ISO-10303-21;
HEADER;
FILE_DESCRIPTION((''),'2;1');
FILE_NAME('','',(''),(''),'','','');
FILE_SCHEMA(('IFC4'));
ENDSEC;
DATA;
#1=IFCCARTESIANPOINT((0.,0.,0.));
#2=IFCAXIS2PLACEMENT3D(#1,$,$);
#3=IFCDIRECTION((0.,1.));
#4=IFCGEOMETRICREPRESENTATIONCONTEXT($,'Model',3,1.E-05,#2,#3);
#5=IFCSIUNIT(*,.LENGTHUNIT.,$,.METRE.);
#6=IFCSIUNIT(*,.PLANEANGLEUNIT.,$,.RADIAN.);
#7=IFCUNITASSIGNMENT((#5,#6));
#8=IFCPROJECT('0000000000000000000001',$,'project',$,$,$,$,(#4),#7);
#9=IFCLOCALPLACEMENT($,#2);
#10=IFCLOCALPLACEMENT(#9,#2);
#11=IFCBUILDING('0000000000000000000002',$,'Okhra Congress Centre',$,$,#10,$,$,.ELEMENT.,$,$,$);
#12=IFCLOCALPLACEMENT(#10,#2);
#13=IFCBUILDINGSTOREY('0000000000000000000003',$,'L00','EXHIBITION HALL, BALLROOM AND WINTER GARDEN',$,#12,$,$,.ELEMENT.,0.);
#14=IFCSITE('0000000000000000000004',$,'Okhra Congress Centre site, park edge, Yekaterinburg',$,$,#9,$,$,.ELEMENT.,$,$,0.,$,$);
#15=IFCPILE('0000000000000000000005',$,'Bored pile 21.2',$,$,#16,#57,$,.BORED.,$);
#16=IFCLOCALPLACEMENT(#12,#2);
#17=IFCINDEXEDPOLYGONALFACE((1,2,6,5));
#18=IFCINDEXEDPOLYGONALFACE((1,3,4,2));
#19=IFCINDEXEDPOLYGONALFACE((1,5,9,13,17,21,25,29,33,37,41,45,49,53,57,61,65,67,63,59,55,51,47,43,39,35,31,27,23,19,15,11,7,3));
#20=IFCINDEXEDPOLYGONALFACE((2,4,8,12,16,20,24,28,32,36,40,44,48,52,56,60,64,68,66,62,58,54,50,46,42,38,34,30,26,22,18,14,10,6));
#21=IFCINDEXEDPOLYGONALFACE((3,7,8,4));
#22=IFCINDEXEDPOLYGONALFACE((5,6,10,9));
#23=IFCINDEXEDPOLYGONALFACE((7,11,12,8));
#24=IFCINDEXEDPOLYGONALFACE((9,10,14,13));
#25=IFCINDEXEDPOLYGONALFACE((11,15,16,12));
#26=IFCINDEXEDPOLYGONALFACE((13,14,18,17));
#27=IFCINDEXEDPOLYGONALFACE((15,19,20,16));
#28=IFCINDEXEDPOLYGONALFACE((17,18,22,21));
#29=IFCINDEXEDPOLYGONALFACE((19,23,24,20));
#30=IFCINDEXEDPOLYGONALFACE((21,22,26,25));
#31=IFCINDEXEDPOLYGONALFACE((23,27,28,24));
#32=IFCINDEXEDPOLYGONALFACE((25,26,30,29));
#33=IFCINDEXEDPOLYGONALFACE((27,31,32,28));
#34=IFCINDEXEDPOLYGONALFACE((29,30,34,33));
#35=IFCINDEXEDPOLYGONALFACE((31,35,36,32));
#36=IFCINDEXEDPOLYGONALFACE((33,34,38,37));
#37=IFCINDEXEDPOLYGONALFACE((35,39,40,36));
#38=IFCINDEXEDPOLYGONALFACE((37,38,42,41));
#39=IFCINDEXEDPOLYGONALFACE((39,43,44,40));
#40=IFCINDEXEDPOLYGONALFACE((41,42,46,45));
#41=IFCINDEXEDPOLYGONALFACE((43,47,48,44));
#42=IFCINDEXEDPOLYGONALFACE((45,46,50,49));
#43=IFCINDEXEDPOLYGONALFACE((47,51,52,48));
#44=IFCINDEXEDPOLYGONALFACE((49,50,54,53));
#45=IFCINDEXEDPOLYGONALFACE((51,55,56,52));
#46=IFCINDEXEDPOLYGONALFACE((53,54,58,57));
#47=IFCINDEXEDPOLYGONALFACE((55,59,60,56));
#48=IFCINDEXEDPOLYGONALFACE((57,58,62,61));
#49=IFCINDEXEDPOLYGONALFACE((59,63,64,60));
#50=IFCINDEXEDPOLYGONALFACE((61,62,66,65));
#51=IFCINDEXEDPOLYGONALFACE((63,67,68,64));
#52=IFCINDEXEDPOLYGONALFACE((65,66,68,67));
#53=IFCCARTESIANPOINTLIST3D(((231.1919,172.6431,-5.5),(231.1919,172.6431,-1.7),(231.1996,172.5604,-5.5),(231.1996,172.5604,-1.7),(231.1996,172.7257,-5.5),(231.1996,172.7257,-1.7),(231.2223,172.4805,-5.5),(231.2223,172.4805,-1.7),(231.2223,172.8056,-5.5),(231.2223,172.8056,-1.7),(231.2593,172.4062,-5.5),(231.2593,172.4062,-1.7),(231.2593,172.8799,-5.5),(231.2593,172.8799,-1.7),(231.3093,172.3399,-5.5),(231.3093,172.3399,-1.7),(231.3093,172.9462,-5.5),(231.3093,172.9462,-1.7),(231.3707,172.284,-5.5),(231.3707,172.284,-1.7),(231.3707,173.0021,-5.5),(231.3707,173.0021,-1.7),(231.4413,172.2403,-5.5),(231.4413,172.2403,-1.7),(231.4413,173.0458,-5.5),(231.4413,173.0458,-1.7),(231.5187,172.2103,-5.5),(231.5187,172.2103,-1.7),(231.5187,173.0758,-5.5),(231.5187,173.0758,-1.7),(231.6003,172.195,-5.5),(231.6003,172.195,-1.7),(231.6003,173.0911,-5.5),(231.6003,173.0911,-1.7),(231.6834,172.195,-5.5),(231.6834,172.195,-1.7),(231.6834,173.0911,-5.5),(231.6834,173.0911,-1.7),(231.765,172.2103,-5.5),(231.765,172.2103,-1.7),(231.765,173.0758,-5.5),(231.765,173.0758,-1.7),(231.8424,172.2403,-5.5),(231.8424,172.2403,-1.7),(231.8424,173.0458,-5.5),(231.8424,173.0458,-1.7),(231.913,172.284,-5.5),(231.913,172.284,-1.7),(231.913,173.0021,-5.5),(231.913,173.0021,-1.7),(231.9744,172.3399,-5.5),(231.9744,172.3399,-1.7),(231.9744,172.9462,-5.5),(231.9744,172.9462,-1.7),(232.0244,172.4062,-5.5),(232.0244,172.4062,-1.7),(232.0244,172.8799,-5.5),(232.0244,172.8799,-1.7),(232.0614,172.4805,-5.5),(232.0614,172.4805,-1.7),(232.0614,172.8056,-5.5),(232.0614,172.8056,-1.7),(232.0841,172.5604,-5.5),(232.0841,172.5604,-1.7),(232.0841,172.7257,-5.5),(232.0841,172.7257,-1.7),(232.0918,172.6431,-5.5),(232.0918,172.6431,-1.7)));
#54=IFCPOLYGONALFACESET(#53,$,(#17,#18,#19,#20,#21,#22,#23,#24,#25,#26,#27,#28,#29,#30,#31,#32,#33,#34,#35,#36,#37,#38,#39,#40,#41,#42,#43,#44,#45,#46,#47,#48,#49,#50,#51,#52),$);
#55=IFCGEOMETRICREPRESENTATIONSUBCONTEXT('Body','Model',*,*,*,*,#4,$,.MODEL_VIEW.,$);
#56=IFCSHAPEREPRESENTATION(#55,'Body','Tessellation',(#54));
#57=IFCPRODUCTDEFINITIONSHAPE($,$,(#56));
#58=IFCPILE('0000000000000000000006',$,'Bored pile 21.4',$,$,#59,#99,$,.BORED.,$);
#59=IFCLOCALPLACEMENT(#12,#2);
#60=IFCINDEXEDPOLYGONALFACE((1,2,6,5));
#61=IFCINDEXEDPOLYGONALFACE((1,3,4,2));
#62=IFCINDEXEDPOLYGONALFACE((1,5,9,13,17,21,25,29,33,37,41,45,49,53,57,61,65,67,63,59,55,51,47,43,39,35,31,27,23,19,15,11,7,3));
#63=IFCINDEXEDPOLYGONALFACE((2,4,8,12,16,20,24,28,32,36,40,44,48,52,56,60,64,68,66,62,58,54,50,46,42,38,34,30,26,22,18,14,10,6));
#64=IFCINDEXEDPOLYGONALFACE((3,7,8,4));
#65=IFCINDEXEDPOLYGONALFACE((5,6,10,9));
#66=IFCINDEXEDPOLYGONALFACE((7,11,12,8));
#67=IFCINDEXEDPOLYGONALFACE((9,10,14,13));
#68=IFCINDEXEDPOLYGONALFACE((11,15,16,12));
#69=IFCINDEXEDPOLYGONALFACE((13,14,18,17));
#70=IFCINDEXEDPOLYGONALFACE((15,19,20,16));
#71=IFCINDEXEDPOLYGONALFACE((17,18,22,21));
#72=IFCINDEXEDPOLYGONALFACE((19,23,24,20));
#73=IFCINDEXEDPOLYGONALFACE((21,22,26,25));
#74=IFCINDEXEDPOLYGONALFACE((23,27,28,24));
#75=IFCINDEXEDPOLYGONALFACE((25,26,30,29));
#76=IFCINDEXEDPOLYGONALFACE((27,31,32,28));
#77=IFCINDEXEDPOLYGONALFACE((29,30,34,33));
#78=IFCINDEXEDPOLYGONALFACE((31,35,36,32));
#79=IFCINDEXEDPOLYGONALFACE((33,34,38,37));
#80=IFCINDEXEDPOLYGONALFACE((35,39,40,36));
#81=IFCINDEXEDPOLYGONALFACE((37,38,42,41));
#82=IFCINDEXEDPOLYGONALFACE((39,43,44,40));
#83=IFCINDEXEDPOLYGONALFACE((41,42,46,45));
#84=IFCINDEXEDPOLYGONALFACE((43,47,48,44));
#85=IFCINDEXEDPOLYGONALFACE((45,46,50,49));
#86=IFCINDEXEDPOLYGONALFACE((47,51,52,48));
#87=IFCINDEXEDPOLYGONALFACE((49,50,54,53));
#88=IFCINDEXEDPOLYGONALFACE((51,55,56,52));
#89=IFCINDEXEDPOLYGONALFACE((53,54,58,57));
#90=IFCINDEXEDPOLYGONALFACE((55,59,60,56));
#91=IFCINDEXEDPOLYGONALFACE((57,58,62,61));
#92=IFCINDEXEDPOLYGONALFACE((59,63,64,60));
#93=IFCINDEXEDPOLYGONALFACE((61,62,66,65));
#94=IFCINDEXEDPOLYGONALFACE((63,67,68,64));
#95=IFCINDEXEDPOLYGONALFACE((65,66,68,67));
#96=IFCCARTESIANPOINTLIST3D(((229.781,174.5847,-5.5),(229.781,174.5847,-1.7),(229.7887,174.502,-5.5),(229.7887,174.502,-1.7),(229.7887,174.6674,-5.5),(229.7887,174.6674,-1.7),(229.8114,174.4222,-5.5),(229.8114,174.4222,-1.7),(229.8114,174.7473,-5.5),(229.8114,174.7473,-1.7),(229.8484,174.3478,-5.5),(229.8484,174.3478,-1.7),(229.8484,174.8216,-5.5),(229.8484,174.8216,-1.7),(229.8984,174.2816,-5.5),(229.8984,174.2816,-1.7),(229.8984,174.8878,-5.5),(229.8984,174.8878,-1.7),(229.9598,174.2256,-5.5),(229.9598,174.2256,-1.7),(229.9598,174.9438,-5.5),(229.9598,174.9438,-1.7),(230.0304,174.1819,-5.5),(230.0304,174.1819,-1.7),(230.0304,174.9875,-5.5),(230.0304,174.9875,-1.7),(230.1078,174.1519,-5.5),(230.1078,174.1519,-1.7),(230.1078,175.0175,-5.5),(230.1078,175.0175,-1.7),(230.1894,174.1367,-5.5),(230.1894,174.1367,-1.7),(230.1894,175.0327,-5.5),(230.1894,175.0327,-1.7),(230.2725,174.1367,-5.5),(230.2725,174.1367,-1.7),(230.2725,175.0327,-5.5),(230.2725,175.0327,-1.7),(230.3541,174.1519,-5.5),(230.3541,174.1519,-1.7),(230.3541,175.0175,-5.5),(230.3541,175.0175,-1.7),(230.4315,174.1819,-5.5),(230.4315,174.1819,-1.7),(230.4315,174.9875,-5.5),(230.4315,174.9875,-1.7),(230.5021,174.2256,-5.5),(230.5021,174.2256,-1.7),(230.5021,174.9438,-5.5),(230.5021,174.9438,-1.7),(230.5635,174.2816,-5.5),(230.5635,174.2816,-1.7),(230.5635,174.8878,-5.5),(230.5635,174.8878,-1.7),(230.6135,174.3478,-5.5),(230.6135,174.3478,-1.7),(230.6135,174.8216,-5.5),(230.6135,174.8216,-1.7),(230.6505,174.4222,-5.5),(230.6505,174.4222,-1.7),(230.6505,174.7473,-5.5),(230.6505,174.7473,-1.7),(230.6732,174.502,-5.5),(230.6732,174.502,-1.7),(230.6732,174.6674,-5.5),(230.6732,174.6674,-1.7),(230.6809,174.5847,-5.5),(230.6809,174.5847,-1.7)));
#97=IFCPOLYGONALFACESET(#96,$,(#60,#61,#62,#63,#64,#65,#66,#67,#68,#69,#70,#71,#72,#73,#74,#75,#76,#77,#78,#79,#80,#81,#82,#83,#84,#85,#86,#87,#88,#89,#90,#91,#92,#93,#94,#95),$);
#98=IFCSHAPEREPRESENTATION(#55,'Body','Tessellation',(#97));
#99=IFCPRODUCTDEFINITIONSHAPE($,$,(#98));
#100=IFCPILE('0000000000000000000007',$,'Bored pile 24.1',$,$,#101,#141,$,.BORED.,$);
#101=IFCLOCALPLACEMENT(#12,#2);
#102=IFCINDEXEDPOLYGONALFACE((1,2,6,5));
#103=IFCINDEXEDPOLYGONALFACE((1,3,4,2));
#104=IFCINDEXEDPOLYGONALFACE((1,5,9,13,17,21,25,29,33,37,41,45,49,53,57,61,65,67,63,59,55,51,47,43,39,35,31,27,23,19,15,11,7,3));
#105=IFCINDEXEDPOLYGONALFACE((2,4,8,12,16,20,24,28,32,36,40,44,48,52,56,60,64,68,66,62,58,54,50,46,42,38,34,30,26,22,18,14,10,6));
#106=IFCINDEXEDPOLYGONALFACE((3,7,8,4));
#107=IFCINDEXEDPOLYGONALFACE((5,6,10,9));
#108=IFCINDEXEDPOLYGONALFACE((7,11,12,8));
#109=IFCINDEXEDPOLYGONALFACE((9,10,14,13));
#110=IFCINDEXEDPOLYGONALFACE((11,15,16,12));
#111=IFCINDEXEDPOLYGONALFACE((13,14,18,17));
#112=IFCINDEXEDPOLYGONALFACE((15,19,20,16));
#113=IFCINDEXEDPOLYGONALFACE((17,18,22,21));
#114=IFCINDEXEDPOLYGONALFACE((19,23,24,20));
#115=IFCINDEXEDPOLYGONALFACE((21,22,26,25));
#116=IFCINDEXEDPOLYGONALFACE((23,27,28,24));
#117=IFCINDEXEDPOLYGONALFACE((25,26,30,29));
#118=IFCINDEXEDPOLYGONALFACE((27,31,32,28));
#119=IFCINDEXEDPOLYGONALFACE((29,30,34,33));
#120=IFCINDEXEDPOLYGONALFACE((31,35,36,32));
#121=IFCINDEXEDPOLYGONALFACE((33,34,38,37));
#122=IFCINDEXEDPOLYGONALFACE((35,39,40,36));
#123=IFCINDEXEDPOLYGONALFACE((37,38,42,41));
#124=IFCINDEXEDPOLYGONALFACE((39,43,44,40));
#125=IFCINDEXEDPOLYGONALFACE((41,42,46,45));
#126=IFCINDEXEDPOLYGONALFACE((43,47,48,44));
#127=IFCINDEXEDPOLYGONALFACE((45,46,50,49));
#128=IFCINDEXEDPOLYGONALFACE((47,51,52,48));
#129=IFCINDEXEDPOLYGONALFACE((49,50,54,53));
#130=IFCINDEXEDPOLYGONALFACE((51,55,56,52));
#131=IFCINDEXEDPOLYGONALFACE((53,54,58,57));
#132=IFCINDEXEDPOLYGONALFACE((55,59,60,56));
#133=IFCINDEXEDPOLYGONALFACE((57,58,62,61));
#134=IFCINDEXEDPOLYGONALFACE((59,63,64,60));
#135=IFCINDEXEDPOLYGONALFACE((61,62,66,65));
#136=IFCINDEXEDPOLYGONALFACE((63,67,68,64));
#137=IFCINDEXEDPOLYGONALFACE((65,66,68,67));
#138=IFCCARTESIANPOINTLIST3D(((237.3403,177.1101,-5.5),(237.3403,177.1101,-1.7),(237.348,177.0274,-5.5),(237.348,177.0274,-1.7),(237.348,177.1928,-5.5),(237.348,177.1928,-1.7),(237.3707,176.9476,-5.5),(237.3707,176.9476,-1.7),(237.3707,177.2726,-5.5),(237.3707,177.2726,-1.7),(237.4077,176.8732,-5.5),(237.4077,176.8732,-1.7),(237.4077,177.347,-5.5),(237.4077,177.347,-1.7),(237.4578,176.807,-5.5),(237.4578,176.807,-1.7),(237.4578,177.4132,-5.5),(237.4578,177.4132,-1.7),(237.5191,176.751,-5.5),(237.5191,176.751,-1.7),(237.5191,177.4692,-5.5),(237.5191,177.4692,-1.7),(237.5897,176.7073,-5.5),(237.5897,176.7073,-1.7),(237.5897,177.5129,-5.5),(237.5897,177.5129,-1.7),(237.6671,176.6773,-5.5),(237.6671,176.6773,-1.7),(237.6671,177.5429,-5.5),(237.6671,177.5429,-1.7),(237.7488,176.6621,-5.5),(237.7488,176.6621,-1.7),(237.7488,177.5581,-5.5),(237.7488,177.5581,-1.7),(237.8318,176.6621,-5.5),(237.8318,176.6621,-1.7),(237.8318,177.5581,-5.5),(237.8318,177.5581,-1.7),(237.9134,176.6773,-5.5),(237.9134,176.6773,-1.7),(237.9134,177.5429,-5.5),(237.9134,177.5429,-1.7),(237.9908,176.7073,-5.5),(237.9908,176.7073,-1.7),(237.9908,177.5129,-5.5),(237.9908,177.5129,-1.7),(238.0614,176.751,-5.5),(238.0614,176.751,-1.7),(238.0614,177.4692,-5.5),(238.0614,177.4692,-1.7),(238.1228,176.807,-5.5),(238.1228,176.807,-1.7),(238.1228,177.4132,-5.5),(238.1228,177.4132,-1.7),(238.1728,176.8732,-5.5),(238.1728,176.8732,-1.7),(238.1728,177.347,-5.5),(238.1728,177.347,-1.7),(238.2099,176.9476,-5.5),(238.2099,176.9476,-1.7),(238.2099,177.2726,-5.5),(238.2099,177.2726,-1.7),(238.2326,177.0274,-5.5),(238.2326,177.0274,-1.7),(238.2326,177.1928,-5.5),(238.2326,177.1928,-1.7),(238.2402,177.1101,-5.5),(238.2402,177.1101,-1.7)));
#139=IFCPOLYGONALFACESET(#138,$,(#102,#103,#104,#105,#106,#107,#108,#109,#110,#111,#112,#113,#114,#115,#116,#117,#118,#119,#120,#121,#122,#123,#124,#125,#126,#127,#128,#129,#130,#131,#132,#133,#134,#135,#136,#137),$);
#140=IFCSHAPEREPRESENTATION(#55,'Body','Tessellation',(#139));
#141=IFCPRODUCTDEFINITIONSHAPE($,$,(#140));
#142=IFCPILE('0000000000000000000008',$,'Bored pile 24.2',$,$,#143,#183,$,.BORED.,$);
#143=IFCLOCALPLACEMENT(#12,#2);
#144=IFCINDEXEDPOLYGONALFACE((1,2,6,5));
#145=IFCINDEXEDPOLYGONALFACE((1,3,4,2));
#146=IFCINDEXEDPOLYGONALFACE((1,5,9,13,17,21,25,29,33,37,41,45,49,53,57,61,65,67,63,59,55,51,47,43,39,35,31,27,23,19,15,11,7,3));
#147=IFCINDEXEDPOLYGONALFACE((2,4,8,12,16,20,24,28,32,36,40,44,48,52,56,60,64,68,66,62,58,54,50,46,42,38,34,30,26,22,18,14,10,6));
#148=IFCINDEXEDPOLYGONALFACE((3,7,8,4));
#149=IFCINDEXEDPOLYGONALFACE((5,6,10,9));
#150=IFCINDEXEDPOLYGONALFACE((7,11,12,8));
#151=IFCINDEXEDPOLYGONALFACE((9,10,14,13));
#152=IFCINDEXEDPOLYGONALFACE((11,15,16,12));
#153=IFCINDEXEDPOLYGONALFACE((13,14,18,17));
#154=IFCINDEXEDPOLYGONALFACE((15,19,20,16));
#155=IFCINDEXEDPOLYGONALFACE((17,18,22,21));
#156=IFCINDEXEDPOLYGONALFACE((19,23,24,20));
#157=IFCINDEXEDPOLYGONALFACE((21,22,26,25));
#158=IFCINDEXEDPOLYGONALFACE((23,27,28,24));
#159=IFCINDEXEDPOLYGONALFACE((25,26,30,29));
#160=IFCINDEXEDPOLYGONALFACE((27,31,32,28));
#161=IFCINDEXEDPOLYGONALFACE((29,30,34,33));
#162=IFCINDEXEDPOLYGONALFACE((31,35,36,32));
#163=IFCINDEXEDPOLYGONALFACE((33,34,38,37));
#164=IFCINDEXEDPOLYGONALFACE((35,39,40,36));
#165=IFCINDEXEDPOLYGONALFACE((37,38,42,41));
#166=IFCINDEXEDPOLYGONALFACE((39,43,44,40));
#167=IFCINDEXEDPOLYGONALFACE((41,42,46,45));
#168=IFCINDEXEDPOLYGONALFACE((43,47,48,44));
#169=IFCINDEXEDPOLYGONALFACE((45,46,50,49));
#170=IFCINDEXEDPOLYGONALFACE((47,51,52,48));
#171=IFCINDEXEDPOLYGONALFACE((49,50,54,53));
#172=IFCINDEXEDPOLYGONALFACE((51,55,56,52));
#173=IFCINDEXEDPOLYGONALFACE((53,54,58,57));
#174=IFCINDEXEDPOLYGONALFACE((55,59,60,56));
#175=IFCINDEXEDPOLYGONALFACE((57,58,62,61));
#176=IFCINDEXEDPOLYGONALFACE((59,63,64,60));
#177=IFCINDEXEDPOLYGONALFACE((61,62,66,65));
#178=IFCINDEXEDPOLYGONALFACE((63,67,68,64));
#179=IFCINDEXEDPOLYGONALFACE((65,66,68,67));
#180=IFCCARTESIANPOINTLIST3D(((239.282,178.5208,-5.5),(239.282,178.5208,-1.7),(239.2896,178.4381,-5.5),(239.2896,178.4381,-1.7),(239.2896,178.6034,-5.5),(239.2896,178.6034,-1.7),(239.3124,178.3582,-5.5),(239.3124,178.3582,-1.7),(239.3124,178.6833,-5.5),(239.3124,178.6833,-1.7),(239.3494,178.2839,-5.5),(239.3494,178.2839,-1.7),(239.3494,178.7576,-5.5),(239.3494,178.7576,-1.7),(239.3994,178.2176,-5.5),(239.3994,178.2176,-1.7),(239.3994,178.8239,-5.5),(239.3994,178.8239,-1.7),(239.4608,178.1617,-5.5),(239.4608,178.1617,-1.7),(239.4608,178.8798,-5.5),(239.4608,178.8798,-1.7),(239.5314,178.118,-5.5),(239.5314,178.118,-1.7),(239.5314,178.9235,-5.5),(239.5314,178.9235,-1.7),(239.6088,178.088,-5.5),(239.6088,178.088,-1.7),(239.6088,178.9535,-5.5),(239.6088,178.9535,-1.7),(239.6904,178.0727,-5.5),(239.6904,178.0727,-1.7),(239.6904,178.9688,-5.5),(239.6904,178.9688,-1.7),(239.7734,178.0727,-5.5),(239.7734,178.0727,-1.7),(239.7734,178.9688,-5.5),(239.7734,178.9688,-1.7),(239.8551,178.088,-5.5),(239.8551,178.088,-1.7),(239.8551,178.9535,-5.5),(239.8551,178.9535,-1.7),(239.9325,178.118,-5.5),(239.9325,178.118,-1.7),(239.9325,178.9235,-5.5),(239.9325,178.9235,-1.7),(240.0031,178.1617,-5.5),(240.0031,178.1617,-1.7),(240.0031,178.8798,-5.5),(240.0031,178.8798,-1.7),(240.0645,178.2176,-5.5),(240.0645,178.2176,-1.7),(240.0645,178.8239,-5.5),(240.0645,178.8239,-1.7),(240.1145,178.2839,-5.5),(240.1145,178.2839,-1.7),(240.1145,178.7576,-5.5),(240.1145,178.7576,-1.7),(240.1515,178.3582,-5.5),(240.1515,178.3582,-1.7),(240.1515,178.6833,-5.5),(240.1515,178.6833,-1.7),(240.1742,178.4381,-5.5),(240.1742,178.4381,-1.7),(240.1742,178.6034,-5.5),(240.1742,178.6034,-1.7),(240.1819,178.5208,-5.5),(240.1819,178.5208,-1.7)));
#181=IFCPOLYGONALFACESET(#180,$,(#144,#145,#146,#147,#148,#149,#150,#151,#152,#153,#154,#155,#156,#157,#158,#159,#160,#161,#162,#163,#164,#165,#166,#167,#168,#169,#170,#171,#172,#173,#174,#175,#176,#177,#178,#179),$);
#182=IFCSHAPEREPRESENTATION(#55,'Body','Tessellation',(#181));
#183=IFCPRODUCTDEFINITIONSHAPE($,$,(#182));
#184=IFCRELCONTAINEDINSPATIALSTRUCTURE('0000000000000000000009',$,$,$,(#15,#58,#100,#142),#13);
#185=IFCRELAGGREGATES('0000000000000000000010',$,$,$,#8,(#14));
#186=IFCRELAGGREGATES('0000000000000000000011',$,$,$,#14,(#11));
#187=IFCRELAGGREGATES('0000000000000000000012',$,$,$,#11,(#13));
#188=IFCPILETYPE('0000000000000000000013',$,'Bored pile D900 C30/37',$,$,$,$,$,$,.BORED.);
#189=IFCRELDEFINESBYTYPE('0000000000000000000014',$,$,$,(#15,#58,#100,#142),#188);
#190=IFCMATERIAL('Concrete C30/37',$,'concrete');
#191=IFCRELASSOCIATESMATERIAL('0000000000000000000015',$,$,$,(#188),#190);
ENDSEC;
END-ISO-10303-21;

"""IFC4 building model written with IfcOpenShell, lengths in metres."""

from ifc_helpers import new_model, si_unit, direction, frame, origin, origin_2d, place, context, subcontext, project, spatial, circle, extrude, material, material_profile, profile_set, type_object, element, save


model = new_model("IFC4")

# Units and contexts
model_context = context("Model", 3, precision=1e-05, world=origin(), true_north=direction((0.0, 1.0)))
body_context = subcontext(model_context, "Body", "Model", "MODEL_VIEW")
ifc_project = project(units=[si_unit("LENGTHUNIT", "METRE"), si_unit("PLANEANGLEUNIT", "RADIAN")], contexts=[model_context])

# Site, building, storey
site_placement = place(None, origin())
site = spatial("IfcSite", under=ifc_project, at=site_placement, Name="Okhra Congress Centre site, park edge, Yekaterinburg", CompositionType="ELEMENT", RefElevation=0.0)
building_placement = place(site_placement, origin())
building = spatial("IfcBuilding", under=site, at=building_placement, Name="Okhra Congress Centre", CompositionType="ELEMENT")
storey_placement = place(building_placement, origin())
storey = spatial("IfcBuildingStorey", under=building, at=storey_placement, Name="L00", Description="EXHIBITION HALL, BALLROOM AND WINTER GARDEN", CompositionType="ELEMENT", Elevation=0.0)

# Piles
ifc_material_1 = material(Name="Concrete C30/37", Category="concrete")
ifc_material_profile_1 = material_profile(ifc_material_1, circle(Radius=0.45, at=origin_2d()), Name="D900")
ifc_profile_set_1 = profile_set([ifc_material_profile_1], Name="Concrete C30/37")
pile_type = type_object("IfcPileType", Name="Bored pile D900 C30/37", PredefinedType="BORED", material=ifc_profile_set_1)
for number, where, z_axis, x_axis, name in (
    (1, (231.6418, 172.6431, -1.7), (0.0, 0.0, -1.0), (1.0, 0.0, 0.0), "Bored pile 21.2"),
    (2, (230.231, 174.5847, -1.7), (0.0, 0.0, -1.0), (1.0, 0.0, 0.0), "Bored pile 21.4"),
    (3, (237.7903, 177.1101, -1.7), (0.0, 0.0, -1.0), (1.0, 0.0, 0.0), "Bored pile 24.1"),
    (4, (239.7319, 178.5208, -1.7), (0.0, 0.0, -1.0), (1.0, 0.0, 0.0), "Bored pile 24.2"),
):
    element("IfcPile", number, at=place(storey_placement, frame(where, z_axis=z_axis, x_axis=x_axis)), inside=storey, type_object=pile_type, Name=name, PredefinedType="BORED", context=body_context, shape_type="SweptSolid", body=[
        extrude(circle(Radius=0.45, at=origin_2d()), origin(), (0.0, 0.0, 1.0), 3.8),
    ])

save(model, "model.ifc")
